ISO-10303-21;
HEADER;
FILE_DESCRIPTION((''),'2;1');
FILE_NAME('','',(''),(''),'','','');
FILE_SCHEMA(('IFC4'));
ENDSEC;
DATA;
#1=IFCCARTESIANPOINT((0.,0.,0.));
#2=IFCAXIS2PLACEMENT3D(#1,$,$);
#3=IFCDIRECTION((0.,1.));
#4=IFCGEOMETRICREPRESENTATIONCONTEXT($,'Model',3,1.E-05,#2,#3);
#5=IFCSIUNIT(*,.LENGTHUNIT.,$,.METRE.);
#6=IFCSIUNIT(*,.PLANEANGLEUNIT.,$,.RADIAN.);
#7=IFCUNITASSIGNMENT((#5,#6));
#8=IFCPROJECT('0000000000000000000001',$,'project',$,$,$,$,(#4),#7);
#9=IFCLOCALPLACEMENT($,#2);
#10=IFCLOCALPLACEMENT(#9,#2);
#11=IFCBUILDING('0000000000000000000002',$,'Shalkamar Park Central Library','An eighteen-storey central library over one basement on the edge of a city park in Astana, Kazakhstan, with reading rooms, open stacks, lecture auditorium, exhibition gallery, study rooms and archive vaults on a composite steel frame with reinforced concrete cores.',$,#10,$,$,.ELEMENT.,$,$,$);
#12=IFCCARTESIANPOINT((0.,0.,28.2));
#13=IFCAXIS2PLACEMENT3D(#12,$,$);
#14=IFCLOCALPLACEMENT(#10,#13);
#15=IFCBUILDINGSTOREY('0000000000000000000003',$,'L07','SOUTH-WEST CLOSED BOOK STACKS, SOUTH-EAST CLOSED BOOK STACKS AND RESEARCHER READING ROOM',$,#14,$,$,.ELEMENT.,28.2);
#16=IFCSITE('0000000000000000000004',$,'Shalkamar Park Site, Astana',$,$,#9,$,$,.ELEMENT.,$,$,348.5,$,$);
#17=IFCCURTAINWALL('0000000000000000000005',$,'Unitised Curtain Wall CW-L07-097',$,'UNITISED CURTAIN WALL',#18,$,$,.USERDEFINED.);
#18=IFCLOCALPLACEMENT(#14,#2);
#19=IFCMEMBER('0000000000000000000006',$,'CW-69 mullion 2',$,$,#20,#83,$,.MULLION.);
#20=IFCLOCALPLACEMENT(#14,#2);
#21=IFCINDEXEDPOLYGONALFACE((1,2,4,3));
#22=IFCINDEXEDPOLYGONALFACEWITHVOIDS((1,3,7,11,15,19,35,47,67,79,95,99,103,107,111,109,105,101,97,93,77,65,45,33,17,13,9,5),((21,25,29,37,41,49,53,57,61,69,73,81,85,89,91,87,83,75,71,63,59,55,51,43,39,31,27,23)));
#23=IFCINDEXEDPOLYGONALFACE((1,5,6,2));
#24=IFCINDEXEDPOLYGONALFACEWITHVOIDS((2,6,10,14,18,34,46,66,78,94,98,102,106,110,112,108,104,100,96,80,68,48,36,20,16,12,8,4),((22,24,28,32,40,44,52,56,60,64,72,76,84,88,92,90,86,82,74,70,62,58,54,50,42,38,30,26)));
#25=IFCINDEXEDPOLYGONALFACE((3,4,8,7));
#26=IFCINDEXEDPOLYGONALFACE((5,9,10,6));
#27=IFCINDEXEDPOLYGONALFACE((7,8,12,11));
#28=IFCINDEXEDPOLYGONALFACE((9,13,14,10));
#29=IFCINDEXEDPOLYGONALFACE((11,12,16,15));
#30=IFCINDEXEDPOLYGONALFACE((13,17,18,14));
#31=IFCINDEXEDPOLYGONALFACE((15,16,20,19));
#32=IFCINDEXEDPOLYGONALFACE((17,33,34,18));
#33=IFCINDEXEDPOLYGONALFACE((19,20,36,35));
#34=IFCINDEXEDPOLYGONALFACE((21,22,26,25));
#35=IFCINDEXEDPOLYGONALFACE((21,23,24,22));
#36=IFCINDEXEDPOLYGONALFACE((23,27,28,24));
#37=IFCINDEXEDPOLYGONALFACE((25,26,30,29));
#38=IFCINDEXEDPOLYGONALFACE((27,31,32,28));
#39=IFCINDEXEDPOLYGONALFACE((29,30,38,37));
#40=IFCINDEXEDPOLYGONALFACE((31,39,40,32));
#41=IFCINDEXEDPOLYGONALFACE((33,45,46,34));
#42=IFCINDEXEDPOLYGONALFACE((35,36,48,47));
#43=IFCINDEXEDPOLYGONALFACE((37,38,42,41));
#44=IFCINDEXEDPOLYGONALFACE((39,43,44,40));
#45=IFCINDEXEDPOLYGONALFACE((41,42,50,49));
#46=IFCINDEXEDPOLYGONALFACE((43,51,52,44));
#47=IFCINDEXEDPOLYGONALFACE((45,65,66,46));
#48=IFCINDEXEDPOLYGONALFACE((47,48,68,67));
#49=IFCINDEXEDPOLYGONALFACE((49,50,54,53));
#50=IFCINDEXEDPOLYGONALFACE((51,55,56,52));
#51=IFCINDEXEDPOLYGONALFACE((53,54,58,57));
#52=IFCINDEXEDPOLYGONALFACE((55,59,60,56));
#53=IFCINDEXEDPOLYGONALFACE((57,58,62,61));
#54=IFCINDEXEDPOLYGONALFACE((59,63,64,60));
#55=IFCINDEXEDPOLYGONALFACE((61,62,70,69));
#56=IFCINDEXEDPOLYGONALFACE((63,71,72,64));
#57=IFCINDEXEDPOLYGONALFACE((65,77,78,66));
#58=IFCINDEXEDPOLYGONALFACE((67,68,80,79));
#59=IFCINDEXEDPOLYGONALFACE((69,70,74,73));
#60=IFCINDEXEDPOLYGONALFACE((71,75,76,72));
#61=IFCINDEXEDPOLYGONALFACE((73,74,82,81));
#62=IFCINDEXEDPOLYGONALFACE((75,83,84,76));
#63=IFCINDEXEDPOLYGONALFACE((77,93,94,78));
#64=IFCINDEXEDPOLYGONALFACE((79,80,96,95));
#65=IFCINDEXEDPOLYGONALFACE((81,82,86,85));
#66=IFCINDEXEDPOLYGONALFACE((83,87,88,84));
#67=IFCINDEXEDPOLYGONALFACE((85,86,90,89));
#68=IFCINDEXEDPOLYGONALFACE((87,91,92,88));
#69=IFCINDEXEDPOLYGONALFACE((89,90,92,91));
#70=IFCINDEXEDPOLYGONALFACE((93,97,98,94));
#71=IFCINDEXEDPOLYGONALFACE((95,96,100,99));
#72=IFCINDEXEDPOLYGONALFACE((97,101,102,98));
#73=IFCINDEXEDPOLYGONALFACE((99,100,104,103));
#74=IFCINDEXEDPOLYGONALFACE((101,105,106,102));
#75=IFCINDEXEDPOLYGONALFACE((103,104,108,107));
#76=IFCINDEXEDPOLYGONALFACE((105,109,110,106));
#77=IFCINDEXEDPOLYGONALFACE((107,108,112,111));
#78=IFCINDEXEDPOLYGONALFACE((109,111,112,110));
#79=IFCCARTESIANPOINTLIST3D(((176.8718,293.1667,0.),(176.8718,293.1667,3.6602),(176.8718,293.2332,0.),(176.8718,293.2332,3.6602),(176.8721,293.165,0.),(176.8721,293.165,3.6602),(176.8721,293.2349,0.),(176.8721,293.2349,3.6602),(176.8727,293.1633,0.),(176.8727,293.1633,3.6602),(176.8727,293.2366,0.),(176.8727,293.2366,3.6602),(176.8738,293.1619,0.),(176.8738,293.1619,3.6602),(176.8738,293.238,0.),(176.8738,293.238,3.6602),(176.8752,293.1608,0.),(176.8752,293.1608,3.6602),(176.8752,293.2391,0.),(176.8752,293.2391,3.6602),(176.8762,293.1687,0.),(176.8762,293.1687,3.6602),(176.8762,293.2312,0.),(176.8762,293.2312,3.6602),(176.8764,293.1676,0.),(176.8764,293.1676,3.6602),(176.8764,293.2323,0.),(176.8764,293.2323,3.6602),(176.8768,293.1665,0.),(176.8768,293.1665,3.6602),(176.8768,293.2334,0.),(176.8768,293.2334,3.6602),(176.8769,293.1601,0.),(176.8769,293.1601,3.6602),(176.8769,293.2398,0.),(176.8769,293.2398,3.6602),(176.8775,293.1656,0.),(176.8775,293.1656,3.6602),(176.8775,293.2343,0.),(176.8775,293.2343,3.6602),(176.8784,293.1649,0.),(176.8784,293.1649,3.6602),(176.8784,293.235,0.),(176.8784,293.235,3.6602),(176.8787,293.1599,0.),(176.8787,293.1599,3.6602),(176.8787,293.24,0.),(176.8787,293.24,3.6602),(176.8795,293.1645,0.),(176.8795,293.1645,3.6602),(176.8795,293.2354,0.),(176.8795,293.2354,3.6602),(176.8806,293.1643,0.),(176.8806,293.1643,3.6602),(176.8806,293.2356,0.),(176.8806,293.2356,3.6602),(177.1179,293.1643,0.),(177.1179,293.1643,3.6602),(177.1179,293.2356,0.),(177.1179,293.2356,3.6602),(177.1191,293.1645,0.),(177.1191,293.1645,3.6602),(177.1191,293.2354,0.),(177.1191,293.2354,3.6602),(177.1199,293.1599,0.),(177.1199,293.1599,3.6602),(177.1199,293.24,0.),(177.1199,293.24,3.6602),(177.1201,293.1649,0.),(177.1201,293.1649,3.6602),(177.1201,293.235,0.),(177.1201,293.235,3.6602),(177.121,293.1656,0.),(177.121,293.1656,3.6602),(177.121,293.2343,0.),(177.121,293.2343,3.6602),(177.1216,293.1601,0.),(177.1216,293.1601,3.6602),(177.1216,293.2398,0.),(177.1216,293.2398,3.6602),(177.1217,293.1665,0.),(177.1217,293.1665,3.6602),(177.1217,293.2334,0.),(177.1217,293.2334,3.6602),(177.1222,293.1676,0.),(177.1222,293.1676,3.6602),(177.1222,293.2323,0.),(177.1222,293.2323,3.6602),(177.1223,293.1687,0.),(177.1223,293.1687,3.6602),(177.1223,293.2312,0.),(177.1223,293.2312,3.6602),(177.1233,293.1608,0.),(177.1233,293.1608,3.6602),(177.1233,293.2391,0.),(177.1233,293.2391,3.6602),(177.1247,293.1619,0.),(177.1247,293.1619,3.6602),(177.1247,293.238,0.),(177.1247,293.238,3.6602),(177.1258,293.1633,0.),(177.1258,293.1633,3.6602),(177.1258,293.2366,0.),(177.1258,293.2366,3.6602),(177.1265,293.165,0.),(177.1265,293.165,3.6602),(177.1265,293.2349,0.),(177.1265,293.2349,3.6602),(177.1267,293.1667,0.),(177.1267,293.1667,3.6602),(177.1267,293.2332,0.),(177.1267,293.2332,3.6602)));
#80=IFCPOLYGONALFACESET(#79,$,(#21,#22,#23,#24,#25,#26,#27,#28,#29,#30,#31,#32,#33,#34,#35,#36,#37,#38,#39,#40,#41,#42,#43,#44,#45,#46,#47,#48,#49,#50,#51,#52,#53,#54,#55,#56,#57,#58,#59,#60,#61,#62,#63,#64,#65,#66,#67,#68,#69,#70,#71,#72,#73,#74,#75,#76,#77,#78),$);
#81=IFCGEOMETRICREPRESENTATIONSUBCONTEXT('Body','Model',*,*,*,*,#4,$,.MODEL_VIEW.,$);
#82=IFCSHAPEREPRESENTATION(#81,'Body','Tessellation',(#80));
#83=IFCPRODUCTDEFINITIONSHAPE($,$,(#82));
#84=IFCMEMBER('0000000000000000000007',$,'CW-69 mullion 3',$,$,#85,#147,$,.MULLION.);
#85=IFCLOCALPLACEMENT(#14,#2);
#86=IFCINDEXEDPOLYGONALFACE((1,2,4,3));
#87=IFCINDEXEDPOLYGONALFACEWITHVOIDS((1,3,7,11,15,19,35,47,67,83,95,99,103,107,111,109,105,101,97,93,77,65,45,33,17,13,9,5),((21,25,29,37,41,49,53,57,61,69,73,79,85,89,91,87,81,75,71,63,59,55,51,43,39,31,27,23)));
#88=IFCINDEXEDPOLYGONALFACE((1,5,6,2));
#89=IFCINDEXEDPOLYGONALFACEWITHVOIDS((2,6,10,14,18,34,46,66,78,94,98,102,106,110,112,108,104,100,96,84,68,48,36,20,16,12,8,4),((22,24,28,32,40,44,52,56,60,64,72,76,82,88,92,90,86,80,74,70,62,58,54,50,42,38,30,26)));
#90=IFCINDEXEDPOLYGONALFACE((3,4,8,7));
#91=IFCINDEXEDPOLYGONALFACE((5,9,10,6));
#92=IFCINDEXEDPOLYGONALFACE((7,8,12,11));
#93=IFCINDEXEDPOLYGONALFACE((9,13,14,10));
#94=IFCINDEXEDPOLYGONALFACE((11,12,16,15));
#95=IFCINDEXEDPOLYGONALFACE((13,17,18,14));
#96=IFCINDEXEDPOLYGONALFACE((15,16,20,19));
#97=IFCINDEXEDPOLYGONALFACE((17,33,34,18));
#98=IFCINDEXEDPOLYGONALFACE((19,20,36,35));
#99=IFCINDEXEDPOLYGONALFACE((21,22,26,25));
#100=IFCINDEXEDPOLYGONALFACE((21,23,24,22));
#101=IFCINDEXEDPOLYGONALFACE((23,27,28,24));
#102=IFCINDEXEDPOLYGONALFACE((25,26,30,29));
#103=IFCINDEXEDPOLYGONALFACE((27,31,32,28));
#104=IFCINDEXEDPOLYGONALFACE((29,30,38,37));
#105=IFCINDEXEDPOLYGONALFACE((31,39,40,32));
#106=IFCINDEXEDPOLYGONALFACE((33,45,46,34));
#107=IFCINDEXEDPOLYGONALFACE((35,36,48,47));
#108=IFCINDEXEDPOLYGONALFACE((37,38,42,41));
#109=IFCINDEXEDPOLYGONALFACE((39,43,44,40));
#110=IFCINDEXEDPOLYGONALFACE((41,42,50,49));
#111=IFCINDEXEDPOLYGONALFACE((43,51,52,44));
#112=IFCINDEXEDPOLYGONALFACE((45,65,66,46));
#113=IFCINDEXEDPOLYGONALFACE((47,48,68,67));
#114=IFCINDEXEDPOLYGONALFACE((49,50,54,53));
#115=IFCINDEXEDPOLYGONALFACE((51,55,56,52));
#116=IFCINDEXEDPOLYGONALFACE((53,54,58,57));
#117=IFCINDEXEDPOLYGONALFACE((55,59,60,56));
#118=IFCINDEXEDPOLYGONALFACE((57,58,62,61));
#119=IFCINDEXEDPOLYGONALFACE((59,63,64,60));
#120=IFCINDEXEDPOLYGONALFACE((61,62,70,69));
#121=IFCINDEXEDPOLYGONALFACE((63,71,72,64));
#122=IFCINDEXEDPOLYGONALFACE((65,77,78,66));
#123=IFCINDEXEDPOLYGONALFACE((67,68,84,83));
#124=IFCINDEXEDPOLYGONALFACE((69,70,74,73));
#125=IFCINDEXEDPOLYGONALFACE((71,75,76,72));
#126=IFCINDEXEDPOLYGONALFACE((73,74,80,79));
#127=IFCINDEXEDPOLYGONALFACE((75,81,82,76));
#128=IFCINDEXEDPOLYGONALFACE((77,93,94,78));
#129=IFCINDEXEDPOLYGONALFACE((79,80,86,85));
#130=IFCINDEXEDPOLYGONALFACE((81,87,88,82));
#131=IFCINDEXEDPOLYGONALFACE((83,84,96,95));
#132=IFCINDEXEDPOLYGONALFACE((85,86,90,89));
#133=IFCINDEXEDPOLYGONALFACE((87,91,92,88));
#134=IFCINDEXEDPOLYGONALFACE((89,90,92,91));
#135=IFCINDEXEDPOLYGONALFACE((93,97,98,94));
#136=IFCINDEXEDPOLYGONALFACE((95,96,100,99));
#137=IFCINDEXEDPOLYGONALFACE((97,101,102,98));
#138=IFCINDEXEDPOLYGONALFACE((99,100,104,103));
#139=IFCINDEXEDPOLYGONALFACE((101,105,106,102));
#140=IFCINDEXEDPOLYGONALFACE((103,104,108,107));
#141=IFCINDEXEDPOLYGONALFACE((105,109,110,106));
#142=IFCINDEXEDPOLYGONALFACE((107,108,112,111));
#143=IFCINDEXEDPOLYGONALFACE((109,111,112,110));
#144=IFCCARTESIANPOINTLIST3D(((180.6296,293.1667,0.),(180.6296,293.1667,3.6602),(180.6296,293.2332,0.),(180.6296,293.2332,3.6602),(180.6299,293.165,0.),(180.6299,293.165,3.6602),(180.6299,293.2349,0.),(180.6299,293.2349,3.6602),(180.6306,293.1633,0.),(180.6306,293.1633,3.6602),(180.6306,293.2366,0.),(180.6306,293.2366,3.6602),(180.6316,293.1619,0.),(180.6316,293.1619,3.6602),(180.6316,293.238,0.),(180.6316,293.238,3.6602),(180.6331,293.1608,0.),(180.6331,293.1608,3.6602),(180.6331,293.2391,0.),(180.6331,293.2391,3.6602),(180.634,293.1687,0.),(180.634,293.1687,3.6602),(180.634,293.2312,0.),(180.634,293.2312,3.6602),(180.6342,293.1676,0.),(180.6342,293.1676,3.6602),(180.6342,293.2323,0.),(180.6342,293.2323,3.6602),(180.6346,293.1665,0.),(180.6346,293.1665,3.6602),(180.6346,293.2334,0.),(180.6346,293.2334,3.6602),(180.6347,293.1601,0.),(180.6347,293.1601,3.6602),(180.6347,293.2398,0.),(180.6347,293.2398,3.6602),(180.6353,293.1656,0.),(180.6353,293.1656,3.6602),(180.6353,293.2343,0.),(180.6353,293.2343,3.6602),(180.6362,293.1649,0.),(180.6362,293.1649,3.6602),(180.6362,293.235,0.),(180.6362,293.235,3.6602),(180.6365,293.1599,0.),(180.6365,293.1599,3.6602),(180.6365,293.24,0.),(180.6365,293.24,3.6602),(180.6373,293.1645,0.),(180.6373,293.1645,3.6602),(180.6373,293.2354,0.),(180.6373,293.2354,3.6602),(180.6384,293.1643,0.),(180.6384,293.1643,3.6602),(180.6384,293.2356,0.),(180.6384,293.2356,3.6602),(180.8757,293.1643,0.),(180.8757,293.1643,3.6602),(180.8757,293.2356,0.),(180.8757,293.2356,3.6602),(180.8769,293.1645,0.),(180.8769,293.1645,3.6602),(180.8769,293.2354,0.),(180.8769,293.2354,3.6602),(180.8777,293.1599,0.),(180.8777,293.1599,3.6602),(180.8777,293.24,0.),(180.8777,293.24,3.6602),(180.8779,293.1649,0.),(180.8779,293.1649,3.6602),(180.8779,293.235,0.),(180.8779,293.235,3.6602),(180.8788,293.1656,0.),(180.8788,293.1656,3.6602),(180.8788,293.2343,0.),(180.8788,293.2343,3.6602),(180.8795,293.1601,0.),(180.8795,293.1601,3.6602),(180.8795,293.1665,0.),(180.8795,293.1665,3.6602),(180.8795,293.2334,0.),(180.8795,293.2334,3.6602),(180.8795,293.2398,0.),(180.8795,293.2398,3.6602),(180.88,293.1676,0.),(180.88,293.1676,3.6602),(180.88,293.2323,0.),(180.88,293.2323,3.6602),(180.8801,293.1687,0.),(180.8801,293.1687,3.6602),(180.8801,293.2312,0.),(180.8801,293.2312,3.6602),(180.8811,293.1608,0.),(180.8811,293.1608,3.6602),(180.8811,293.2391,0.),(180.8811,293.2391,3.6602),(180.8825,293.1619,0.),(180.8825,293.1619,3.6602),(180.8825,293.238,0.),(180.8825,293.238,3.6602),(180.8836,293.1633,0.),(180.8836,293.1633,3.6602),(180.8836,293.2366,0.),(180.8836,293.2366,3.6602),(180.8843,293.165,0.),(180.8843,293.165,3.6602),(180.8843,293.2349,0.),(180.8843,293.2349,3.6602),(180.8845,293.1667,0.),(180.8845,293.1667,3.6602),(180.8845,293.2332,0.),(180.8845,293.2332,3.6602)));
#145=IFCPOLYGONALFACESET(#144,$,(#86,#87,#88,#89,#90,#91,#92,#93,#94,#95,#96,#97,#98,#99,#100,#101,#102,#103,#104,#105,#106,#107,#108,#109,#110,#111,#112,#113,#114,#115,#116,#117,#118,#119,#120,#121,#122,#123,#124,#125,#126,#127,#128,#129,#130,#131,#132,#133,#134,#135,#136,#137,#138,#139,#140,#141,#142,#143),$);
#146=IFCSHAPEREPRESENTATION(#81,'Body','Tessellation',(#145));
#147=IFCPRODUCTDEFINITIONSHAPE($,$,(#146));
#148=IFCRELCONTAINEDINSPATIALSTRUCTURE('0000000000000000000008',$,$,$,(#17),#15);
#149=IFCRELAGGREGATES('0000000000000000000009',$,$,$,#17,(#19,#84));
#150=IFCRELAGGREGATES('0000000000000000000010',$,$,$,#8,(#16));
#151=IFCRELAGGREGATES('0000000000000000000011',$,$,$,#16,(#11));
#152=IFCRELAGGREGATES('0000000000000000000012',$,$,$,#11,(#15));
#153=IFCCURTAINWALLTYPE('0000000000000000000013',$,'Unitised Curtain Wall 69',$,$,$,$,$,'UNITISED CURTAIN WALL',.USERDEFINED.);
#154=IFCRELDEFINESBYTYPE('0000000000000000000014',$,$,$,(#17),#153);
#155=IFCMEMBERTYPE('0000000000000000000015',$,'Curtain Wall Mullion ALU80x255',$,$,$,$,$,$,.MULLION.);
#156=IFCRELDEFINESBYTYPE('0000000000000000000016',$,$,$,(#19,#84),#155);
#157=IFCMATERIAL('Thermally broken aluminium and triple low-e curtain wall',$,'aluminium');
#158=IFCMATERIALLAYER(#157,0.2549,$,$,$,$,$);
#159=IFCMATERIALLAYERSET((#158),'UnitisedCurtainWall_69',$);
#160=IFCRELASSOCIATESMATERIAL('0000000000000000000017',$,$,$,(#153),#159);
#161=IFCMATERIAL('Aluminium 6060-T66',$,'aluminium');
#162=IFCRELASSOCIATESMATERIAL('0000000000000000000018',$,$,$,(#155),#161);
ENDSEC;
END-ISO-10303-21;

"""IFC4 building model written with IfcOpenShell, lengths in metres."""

from ifc_helpers import new_model, si_unit, direction, frame, origin, origin_2d, place, context, subcontext, project, spatial, hollow_rectangle, extrude, material, layer, layer_set, material_profile, profile_set, type_object, element, aggregate, save


model = new_model("IFC4")

# Units and contexts
model_context = context("Model", 3, precision=1e-05, world=origin(), true_north=direction((0.0, 1.0)))
body_context = subcontext(model_context, "Body", "Model", "MODEL_VIEW")
ifc_project = project(units=[si_unit("LENGTHUNIT", "METRE"), si_unit("PLANEANGLEUNIT", "RADIAN")], contexts=[model_context])

# Site, building, storey
site_placement = place(None, origin())
site = spatial("IfcSite", under=ifc_project, at=site_placement, Name="Shalkamar Park Site, Astana", CompositionType="ELEMENT", RefElevation=348.5)
building_placement = place(site_placement, origin())
building = spatial("IfcBuilding", under=site, at=building_placement, Name="Shalkamar Park Central Library", Description="An eighteen-storey central library over one basement on the edge of a city park in Astana, Kazakhstan, with reading rooms, open stacks, lecture auditorium, exhibition gallery, study rooms and archive vaults on a composite steel frame with reinforced concrete cores.", CompositionType="ELEMENT")
storey_placement = place(building_placement, frame((0.0, 0.0, 28.2)))
storey = spatial("IfcBuildingStorey", under=building, at=storey_placement, Name="L07", Description="SOUTH-WEST CLOSED BOOK STACKS, SOUTH-EAST CLOSED BOOK STACKS AND RESEARCHER READING ROOM", CompositionType="ELEMENT", Elevation=28.2)

# Curtain wall, members
ifc_material_1 = material(Name="Thermally broken aluminium and triple low-e curtain wall", Category="aluminium")
ifc_layer_1 = layer(ifc_material_1, 0.2549)
ifc_layer_set_1 = layer_set([ifc_layer_1], Name="UnitisedCurtainWall_69")
curtain_wall_type_1 = type_object("IfcCurtainWallType", Name="Unitised Curtain Wall 69", ElementType="UNITISED CURTAIN WALL", PredefinedType="USERDEFINED", material=ifc_layer_set_1)
curtain_wall_1_placement = place(storey_placement, origin())
curtain_wall_1 = element("IfcCurtainWall", 1, at=curtain_wall_1_placement, inside=storey, type_object=curtain_wall_type_1, Name="Unitised Curtain Wall CW-L07-097", ObjectType="UNITISED CURTAIN WALL", PredefinedType="USERDEFINED")
ifc_material_2 = material(Name="Aluminium 6060-T66", Category="aluminium")
ifc_material_profile_1 = material_profile(ifc_material_2, hollow_rectangle(XDim=0.0801, YDim=0.2549, WallThickness=0.0044, InnerFilletRadius=0.0044, OuterFilletRadius=0.0068, at=origin_2d()), Name="ALU 80x255x4.5")
ifc_profile_set_1 = profile_set([ifc_material_profile_1], Name="Aluminium 6060-T66")
member_type_1 = type_object("IfcMemberType", Name="Curtain Wall Mullion ALU80x255", PredefinedType="MULLION", material=ifc_profile_set_1)
member_1_placement = place(storey_placement, frame((176.9993, 293.2, 0.0), z_axis=(0.0, 0.0, 1.0), x_axis=(0.0, 1.0, 0.0)))
member_1 = element("IfcMember", 2, at=member_1_placement, type_object=member_type_1, Name="CW-69 mullion 2", PredefinedType="MULLION", context=body_context, shape_type="SweptSolid", body=[
    extrude(hollow_rectangle(XDim=0.0801, YDim=0.2549, WallThickness=0.0044, InnerFilletRadius=0.0044, OuterFilletRadius=0.0068, at=origin_2d()), origin(), (0.0, 0.0, 1.0), 3.6602),
])
member_2_placement = place(storey_placement, frame((180.7571, 293.2, 0.0), z_axis=(0.0, 0.0, 1.0), x_axis=(0.0, 1.0, 0.0)))
member_2 = element("IfcMember", 3, at=member_2_placement, type_object=member_type_1, Name="CW-69 mullion 3", PredefinedType="MULLION", context=body_context, shape_type="SweptSolid", body=[
    extrude(hollow_rectangle(XDim=0.0801, YDim=0.2549, WallThickness=0.0044, InnerFilletRadius=0.0044, OuterFilletRadius=0.0068, at=origin_2d()), origin(), (0.0, 0.0, 1.0), 3.6602),
])

aggregate(curtain_wall_1, [member_1, member_2])

save(model, "model.ifc")
